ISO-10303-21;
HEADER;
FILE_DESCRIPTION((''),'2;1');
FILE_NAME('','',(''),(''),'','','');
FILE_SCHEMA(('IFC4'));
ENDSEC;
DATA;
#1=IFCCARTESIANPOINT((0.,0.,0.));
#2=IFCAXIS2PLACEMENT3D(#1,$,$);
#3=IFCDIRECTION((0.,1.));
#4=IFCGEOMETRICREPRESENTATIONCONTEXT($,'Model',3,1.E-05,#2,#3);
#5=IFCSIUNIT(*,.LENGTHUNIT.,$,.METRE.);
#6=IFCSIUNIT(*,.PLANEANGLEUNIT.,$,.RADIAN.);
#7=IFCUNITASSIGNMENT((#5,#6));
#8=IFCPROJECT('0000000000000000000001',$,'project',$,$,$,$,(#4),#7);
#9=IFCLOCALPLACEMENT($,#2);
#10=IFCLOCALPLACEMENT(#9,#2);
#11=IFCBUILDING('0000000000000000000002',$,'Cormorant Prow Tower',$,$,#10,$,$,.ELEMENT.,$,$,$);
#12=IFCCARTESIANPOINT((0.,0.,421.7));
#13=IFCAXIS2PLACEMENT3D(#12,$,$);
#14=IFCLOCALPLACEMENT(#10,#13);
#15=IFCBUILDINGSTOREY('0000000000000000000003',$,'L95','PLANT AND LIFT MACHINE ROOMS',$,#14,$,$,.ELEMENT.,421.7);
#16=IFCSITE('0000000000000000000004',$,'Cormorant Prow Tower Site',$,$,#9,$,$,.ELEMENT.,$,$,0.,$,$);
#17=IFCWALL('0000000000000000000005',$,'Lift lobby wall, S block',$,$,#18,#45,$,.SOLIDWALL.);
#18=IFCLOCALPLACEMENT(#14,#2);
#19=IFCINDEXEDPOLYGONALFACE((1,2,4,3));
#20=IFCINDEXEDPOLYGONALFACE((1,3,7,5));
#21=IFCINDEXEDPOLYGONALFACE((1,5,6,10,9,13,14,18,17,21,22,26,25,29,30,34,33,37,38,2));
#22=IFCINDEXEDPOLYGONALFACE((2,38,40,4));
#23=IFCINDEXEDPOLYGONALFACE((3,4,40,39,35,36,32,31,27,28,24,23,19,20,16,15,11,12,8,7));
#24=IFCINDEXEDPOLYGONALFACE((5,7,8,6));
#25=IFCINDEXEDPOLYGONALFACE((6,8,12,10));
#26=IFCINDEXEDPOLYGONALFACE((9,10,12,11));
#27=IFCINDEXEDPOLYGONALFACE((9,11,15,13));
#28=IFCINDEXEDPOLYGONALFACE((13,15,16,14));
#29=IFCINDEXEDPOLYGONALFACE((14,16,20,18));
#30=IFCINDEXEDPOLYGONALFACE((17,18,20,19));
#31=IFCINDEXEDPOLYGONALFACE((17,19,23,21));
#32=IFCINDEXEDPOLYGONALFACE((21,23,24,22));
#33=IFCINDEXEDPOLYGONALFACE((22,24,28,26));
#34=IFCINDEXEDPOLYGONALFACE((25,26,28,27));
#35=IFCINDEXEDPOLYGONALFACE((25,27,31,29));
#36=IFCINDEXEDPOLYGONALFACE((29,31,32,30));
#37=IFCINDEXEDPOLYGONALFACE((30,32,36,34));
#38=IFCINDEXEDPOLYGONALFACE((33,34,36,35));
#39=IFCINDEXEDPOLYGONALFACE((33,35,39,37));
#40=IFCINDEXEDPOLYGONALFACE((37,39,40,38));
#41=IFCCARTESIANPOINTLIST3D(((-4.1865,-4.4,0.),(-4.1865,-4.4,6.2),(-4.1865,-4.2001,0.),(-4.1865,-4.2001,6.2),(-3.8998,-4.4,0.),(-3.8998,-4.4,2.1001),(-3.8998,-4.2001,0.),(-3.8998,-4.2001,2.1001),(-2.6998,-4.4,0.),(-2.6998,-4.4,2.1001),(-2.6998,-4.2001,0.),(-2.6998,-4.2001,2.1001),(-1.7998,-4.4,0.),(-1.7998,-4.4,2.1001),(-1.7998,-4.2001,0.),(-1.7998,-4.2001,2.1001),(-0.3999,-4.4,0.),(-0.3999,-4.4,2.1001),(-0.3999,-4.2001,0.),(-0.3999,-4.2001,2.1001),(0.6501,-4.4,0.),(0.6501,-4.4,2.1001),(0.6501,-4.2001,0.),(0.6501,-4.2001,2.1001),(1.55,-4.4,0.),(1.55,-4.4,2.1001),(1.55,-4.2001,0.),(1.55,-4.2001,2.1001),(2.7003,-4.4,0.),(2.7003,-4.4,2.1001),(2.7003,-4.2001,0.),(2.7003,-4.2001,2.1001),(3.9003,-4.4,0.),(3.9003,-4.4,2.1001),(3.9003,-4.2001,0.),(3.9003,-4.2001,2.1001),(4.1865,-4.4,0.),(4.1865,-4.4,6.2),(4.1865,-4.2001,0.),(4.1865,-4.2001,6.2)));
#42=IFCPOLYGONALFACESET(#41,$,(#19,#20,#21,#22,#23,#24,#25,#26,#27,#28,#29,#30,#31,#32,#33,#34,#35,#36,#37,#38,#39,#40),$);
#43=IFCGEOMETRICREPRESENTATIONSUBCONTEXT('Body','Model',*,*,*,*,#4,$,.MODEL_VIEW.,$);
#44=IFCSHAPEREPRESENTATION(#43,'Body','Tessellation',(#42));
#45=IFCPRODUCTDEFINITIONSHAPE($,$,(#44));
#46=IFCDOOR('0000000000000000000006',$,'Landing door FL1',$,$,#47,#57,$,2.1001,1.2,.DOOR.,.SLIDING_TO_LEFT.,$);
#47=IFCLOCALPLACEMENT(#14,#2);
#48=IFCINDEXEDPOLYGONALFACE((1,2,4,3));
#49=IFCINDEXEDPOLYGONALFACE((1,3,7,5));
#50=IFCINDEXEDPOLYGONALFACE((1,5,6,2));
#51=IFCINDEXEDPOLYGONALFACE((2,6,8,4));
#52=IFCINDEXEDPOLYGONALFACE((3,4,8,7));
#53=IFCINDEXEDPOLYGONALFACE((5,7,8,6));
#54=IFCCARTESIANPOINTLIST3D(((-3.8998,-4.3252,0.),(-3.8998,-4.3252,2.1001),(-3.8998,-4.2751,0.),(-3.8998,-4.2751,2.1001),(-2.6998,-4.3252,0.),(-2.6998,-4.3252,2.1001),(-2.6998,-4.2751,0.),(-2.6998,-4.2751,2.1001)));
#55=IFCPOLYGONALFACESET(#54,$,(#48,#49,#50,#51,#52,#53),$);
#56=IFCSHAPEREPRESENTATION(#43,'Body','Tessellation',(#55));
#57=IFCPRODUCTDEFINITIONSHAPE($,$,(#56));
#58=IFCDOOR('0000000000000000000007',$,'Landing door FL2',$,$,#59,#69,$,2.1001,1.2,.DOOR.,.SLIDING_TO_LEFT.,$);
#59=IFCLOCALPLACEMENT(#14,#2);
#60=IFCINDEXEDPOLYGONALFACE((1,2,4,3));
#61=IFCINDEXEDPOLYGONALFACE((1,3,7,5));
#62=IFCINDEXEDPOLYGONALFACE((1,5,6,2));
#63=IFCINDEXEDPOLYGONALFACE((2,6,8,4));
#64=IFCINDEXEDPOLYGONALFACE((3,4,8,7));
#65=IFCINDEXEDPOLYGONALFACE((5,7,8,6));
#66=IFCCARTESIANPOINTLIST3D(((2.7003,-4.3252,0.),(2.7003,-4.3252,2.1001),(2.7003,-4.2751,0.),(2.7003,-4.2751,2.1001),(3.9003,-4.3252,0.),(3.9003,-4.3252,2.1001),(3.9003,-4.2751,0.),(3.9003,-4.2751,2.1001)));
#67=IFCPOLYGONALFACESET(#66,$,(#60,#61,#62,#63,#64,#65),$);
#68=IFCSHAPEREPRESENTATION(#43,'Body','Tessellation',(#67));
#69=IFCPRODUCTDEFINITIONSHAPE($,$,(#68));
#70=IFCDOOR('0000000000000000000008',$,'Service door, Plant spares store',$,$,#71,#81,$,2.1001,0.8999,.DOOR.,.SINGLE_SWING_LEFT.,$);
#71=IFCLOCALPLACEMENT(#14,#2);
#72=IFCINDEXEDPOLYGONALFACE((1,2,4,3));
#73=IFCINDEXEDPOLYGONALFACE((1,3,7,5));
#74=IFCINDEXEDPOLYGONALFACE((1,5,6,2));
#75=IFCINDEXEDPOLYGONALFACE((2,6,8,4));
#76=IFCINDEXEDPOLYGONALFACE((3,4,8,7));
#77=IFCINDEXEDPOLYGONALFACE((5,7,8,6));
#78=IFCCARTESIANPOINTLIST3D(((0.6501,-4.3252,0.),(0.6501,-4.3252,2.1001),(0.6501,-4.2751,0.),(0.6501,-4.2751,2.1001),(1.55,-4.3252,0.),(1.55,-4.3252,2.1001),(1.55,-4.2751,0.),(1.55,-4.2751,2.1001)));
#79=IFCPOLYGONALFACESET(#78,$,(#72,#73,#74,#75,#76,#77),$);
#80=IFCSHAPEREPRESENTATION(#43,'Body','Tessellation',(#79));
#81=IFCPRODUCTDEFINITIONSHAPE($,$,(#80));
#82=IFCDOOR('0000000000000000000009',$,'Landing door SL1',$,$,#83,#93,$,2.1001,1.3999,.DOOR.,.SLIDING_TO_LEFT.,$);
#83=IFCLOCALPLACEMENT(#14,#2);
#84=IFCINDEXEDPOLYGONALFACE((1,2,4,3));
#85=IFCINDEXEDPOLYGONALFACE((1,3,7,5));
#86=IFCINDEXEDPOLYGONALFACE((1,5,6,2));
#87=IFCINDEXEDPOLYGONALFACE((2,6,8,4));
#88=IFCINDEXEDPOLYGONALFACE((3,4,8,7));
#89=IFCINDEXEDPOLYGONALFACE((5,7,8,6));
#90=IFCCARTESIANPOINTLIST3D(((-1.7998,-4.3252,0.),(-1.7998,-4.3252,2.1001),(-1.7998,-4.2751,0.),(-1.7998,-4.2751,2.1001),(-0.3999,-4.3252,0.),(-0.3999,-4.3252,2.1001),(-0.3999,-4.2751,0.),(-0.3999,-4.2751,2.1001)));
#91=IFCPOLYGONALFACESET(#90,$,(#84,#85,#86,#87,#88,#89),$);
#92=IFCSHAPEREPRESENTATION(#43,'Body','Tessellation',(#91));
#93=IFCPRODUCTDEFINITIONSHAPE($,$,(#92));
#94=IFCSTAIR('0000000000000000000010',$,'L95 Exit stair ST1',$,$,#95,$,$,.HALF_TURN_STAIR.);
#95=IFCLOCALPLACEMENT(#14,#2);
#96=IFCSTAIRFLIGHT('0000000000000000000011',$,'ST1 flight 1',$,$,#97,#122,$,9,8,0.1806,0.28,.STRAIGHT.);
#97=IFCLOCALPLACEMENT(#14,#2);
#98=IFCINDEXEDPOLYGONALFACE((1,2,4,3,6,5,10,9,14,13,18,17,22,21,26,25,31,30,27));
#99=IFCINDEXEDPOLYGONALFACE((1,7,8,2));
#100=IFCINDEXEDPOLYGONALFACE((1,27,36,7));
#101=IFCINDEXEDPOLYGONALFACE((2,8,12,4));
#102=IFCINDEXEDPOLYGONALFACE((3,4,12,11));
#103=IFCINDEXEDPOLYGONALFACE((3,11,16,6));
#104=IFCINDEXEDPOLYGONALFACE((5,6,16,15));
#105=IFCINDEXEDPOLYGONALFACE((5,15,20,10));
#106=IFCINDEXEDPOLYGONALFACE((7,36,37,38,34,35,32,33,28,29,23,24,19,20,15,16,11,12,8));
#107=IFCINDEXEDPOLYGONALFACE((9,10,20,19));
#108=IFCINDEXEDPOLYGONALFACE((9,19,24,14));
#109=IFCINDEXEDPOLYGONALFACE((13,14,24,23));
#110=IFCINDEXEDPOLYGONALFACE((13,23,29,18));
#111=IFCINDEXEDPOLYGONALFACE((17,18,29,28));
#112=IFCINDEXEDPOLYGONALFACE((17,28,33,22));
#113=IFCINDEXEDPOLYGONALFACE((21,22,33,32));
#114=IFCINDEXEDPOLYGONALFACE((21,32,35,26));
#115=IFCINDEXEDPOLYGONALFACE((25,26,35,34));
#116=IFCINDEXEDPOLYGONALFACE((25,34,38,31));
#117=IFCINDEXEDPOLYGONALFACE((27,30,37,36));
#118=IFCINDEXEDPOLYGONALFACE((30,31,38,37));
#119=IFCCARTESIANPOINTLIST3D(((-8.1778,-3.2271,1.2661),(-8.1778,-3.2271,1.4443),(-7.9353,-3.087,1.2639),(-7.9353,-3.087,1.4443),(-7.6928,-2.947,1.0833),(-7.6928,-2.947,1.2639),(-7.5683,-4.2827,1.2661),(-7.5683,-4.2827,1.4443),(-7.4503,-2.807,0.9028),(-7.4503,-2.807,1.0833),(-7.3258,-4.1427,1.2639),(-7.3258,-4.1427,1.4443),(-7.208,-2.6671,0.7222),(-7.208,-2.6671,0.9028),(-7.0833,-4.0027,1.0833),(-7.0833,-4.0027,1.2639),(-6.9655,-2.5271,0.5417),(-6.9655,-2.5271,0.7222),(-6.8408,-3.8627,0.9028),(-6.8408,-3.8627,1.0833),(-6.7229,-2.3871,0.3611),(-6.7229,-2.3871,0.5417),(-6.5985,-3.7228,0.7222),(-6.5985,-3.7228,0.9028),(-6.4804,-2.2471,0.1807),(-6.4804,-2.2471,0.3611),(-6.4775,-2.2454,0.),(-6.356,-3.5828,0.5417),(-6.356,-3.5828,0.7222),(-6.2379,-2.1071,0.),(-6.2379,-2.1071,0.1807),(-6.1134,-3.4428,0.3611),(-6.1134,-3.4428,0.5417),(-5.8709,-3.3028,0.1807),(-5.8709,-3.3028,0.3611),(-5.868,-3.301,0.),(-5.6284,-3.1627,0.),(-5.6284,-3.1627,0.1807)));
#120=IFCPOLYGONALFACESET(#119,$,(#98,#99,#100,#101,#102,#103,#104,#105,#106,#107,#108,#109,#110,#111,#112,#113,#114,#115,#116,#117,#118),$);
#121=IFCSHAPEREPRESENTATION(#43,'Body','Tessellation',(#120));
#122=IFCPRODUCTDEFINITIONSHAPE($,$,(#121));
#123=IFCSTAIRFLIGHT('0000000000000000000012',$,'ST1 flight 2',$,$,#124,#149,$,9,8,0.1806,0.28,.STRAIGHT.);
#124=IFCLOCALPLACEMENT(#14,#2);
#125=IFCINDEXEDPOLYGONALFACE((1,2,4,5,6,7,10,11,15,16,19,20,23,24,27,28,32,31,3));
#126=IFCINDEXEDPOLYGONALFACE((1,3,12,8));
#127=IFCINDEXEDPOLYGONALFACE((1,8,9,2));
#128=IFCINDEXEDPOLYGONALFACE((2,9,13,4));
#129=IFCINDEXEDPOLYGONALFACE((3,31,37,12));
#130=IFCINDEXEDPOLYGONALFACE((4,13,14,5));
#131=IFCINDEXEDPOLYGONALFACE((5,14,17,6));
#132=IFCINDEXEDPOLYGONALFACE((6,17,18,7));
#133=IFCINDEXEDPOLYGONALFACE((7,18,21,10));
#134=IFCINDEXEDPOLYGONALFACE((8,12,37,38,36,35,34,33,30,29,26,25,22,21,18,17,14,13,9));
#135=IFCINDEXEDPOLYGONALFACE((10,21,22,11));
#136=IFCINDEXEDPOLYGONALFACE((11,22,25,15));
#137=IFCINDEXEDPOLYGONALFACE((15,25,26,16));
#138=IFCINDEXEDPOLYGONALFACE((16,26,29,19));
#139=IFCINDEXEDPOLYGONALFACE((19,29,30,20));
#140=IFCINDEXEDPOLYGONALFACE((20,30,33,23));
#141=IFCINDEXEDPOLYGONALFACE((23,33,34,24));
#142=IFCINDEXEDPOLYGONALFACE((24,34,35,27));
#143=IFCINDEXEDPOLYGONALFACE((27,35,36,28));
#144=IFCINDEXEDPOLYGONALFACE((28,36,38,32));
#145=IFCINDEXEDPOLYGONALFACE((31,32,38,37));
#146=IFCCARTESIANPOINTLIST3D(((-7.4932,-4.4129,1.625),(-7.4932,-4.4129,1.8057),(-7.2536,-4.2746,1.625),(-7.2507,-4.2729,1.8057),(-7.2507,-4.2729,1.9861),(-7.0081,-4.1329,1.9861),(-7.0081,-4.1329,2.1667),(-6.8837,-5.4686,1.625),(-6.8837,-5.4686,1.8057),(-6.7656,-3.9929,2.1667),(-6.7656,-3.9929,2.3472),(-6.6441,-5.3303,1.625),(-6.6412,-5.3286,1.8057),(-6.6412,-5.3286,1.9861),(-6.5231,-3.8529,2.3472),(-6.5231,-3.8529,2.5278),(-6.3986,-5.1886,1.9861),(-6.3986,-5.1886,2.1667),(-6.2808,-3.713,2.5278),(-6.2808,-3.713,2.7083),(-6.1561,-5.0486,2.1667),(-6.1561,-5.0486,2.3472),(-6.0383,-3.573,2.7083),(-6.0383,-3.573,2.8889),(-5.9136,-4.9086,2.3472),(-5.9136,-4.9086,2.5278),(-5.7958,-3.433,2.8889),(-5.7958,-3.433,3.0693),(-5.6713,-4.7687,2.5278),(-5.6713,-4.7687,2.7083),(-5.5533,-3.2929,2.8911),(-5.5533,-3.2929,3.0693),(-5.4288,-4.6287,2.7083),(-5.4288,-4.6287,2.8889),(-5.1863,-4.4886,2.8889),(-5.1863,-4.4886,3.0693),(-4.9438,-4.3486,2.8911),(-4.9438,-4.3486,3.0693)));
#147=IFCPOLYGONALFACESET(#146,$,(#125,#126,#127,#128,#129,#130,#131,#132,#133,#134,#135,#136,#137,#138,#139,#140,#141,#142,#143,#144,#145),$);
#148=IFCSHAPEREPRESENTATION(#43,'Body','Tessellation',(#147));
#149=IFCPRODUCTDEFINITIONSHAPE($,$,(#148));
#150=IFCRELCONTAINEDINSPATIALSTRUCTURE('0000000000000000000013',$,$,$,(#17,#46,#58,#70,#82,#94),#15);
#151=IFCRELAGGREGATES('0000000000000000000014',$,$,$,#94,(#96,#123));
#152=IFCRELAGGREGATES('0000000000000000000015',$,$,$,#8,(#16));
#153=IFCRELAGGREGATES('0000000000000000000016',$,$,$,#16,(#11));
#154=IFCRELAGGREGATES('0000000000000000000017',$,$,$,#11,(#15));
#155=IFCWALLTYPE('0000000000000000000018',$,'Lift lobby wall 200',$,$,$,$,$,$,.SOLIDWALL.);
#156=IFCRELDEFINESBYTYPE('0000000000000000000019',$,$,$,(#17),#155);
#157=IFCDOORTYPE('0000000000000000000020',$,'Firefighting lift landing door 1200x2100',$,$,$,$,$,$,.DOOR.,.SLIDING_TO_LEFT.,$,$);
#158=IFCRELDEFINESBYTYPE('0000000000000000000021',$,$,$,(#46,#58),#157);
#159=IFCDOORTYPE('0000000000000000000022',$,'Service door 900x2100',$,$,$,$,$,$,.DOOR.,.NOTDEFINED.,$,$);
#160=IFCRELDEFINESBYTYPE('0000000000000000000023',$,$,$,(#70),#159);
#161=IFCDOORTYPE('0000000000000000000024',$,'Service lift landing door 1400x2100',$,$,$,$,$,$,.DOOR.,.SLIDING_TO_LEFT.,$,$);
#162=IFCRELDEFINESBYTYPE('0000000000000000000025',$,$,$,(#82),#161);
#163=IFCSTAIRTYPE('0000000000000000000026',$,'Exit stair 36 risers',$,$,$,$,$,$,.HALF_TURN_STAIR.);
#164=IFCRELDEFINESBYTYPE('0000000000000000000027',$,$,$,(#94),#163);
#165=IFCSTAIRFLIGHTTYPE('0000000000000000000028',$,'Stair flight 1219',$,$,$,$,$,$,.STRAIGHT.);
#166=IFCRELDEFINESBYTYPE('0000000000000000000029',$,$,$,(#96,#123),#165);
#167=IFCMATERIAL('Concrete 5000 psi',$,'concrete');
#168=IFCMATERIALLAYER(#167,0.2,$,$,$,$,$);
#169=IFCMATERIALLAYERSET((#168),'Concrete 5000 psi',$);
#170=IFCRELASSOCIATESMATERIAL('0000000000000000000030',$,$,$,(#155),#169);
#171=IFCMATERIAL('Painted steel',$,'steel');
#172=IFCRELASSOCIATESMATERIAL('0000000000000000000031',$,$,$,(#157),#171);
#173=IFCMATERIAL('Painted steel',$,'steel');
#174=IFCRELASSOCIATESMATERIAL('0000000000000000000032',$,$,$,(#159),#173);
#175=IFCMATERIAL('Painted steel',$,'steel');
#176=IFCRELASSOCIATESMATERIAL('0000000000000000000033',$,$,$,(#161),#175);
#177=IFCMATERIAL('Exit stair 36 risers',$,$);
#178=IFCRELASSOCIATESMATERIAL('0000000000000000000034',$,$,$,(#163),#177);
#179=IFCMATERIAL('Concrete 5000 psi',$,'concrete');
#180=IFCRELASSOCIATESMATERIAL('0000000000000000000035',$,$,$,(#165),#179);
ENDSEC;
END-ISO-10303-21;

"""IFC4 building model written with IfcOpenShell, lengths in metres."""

from ifc_helpers import new_model, si_unit, direction, frame, frame_2d, origin, place, context, subcontext, project, spatial, polyline, rectangle, outline, extrude, material, layer, layer_set, type_object, element, fill, aggregate, save


model = new_model("IFC4")

# Units and contexts
model_context = context("Model", 3, precision=1e-05, world=origin(), true_north=direction((0.0, 1.0)))
body_context = subcontext(model_context, "Body", "Model", "MODEL_VIEW")
ifc_project = project(units=[si_unit("LENGTHUNIT", "METRE"), si_unit("PLANEANGLEUNIT", "RADIAN")], contexts=[model_context])

# Site, building, storey
site_placement = place(None, origin())
site = spatial("IfcSite", under=ifc_project, at=site_placement, Name="Cormorant Prow Tower Site", CompositionType="ELEMENT", RefElevation=0.0)
building_placement = place(site_placement, origin())
building = spatial("IfcBuilding", under=site, at=building_placement, Name="Cormorant Prow Tower", CompositionType="ELEMENT")
storey_placement = place(building_placement, frame((0.0, 0.0, 421.7)))
storey = spatial("IfcBuildingStorey", under=building, at=storey_placement, Name="L95", Description="PLANT AND LIFT MACHINE ROOMS", CompositionType="ELEMENT", Elevation=421.7)

# Wall, openings, doors
ifc_material_1 = material(Name="Concrete 5000 psi", Category="concrete")
ifc_layer_1 = layer(ifc_material_1, 0.2)
ifc_layer_set_1 = layer_set([ifc_layer_1], Name="Concrete 5000 psi")
wall_type_1 = type_object("IfcWallType", Name="Lift lobby wall 200", PredefinedType="SOLIDWALL", material=ifc_layer_set_1)
wall_1_placement = place(storey_placement, frame((-4.1865, -4.3, 0.0), z_axis=(0.0, 0.0, 1.0), x_axis=(1.0, 0.0, 0.0)))
wall_1 = element("IfcWall", 1, at=wall_1_placement, inside=storey, type_object=wall_type_1, Name="Lift lobby wall, S block", PredefinedType="SOLIDWALL", context=body_context, shape_type="SweptSolid", body=[
    extrude(rectangle(XDim=8.373, YDim=0.2, at=frame_2d((4.1865, 0.0))), origin(), (0.0, 0.0, 1.0), 6.2),
])
opening_1_placement = place(wall_1_placement, frame((0.2866, 0.0, 0.0)))
opening_1 = element("IfcOpeningElement", 2, at=opening_1_placement, cuts=wall_1, PredefinedType="OPENING", context=body_context, shape_type="SweptSolid", body=[
    extrude(rectangle(XDim=1.2, YDim=2.1001, at=frame_2d((0.6001, 1.05))), frame((0.0, 0.1099, 0.0), z_axis=(0.0, -1.0, 0.0), x_axis=(1.0, 0.0, 0.0)), (0.0, 0.0, 1.0), 0.22),
])
opening_2_placement = place(wall_1_placement, frame((2.3867, 0.0, 0.0)))
opening_2 = element("IfcOpeningElement", 3, at=opening_2_placement, cuts=wall_1, PredefinedType="OPENING", context=body_context, shape_type="SweptSolid", body=[
    extrude(rectangle(XDim=1.3999, YDim=2.1001, at=frame_2d((0.7, 1.05))), frame((0.0, 0.1099, 0.0), z_axis=(0.0, -1.0, 0.0), x_axis=(1.0, 0.0, 0.0)), (0.0, 0.0, 1.0), 0.22),
])
opening_3_placement = place(wall_1_placement, frame((4.8367, 0.0, 0.0)))
opening_3 = element("IfcOpeningElement", 4, at=opening_3_placement, cuts=wall_1, PredefinedType="OPENING", context=body_context, shape_type="SweptSolid", body=[
    extrude(rectangle(XDim=0.8999, YDim=2.1001, at=frame_2d((0.45, 1.05))), frame((0.0, 0.1099, 0.0), z_axis=(0.0, -1.0, 0.0), x_axis=(1.0, 0.0, 0.0)), (0.0, 0.0, 1.0), 0.22),
])
opening_4_placement = place(wall_1_placement, frame((6.8867, 0.0, 0.0)))
opening_4 = element("IfcOpeningElement", 5, at=opening_4_placement, cuts=wall_1, PredefinedType="OPENING", context=body_context, shape_type="SweptSolid", body=[
    extrude(rectangle(XDim=1.2, YDim=2.1001, at=frame_2d((0.6001, 1.05))), frame((0.0, 0.1099, 0.0), z_axis=(0.0, -1.0, 0.0), x_axis=(1.0, 0.0, 0.0)), (0.0, 0.0, 1.0), 0.22),
])
ifc_material_2 = material(Name="Painted steel", Category="steel")
door_type_1 = type_object("IfcDoorType", Name="Firefighting lift landing door 1200x2100", OperationType="SLIDING_TO_LEFT", PredefinedType="DOOR", material=ifc_material_2)
door_1_placement = place(opening_1_placement, origin())
door_1 = element("IfcDoor", 6, at=door_1_placement, inside=storey, type_object=door_type_1, Name="Landing door FL1", OperationType="SLIDING_TO_LEFT", OverallHeight=2.1001, OverallWidth=1.2, PredefinedType="DOOR", context=body_context, shape_type="SweptSolid", body=[
    extrude(rectangle(XDim=1.2, YDim=2.1001, at=frame_2d((0.6001, 1.05))), frame((0.0, 0.0249, 0.0), z_axis=(0.0, -1.0, 0.0), x_axis=(1.0, 0.0, 0.0)), (0.0, 0.0, 1.0), 0.05),
])
fill(opening_1, door_1)
door_2_placement = place(opening_4_placement, origin())
door_2 = element("IfcDoor", 7, at=door_2_placement, inside=storey, type_object=door_type_1, Name="Landing door FL2", OperationType="SLIDING_TO_LEFT", OverallHeight=2.1001, OverallWidth=1.2, PredefinedType="DOOR", context=body_context, shape_type="SweptSolid", body=[
    extrude(rectangle(XDim=1.2, YDim=2.1001, at=frame_2d((0.6001, 1.05))), frame((0.0, 0.0249, 0.0), z_axis=(0.0, -1.0, 0.0), x_axis=(1.0, 0.0, 0.0)), (0.0, 0.0, 1.0), 0.05),
])
fill(opening_4, door_2)
ifc_material_3 = material(Name="Painted steel", Category="steel")
door_type_2 = type_object("IfcDoorType", Name="Service door 900x2100", OperationType="NOTDEFINED", PredefinedType="DOOR", material=ifc_material_3)
door_3_placement = place(opening_3_placement, origin())
door_3 = element("IfcDoor", 8, at=door_3_placement, inside=storey, type_object=door_type_2, Name="Service door, Plant spares store", OperationType="SINGLE_SWING_LEFT", OverallHeight=2.1001, OverallWidth=0.8999, PredefinedType="DOOR", context=body_context, shape_type="SweptSolid", body=[
    extrude(rectangle(XDim=0.8999, YDim=2.1001, at=frame_2d((0.45, 1.05))), frame((0.0, 0.0249, 0.0), z_axis=(0.0, -1.0, 0.0), x_axis=(1.0, 0.0, 0.0)), (0.0, 0.0, 1.0), 0.05),
])
fill(opening_3, door_3)
ifc_material_4 = material(Name="Painted steel", Category="steel")
door_type_3 = type_object("IfcDoorType", Name="Service lift landing door 1400x2100", OperationType="SLIDING_TO_LEFT", PredefinedType="DOOR", material=ifc_material_4)
door_4_placement = place(opening_2_placement, origin())
door_4 = element("IfcDoor", 9, at=door_4_placement, inside=storey, type_object=door_type_3, Name="Landing door SL1", OperationType="SLIDING_TO_LEFT", OverallHeight=2.1001, OverallWidth=1.3999, PredefinedType="DOOR", context=body_context, shape_type="SweptSolid", body=[
    extrude(rectangle(XDim=1.3999, YDim=2.1001, at=frame_2d((0.7, 1.05))), frame((0.0, 0.0249, 0.0), z_axis=(0.0, -1.0, 0.0), x_axis=(1.0, 0.0, 0.0)), (0.0, 0.0, 1.0), 0.05),
])
fill(opening_2, door_4)

# Stair, stair flights
ifc_material_5 = material(Name="Exit stair 36 risers")
stair_type = type_object("IfcStairType", Name="Exit stair 36 risers", PredefinedType="HALF_TURN_STAIR", material=ifc_material_5)
stair_placement = place(storey_placement, origin())
stair = element("IfcStair", 10, at=stair_placement, inside=storey, type_object=stair_type, Name="L95 Exit stair ST1", PredefinedType="HALF_TURN_STAIR")
ifc_material_6 = material(Name="Concrete 5000 psi", Category="concrete")
stair_flight_type = type_object("IfcStairFlightType", Name="Stair flight 1219", PredefinedType="STRAIGHT", material=ifc_material_6)
stair_flight_1_placement = place(storey_placement, frame((-5.9331, -2.635, 0.0), z_axis=(0.0, 0.0, 1.0), x_axis=(-0.866025, -0.5, 0.0)))
stair_flight_1 = element("IfcStairFlight", 11, at=stair_flight_1_placement, type_object=stair_flight_type, Name="ST1 flight 1", NumberOfRisers=9, NumberOfTreads=8, PredefinedType="STRAIGHT", RiserHeight=0.1806, TreadLength=0.28, context=body_context, shape_type="SweptSolid", body=[
    extrude(outline(polyline([(0.0, 0.0), (0.0, 0.1807), (0.28, 0.1807), (0.28, 0.3611), (0.5601, 0.3611), (0.5601, 0.5417), (0.8401, 0.5417), (0.8401, 0.7222), (1.1201, 0.7222), (1.1201, 0.9028), (1.3999, 0.9028), (1.3999, 1.0833), (1.6799, 1.0833), (1.6799, 1.2639), (1.96, 1.2639), (1.96, 1.4443), (2.24, 1.4443), (2.24, 1.625), (2.24, 1.2661), (0.2766, 0.0), (0.0, 0.0)])), frame((0.0, 0.6094, 0.0), z_axis=(0.0, -1.0, 0.0), x_axis=(1.0, 0.0, 0.0)), (0.0, 0.0, 1.0), 1.219),
])
stair_flight_2_placement = place(storey_placement, frame((-7.1885, -4.9407, 1.625), z_axis=(0.0, 0.0, 1.0), x_axis=(0.866025, 0.5, 0.0)))
stair_flight_2 = element("IfcStairFlight", 12, at=stair_flight_2_placement, type_object=stair_flight_type, Name="ST1 flight 2", NumberOfRisers=9, NumberOfTreads=8, PredefinedType="STRAIGHT", RiserHeight=0.1806, TreadLength=0.28, context=body_context, shape_type="SweptSolid", body=[
    extrude(outline(polyline([(0.0, 0.0), (0.0, 0.1807), (0.28, 0.1807), (0.28, 0.3611), (0.5601, 0.3611), (0.5601, 0.5417), (0.8401, 0.5417), (0.8401, 0.7222), (1.1201, 0.7222), (1.1201, 0.9028), (1.3999, 0.9028), (1.3999, 1.0833), (1.6799, 1.0833), (1.6799, 1.2639), (1.96, 1.2639), (1.96, 1.4443), (2.24, 1.4443), (2.24, 1.625), (2.24, 1.2661), (0.2766, 0.0), (0.0, 0.0)])), frame((0.0, 0.6094, 0.0), z_axis=(0.0, -1.0, 0.0), x_axis=(1.0, 0.0, 0.0)), (0.0, 0.0, 1.0), 1.219),
])
aggregate(stair, [stair_flight_1, stair_flight_2])

save(model, "model.ifc")
